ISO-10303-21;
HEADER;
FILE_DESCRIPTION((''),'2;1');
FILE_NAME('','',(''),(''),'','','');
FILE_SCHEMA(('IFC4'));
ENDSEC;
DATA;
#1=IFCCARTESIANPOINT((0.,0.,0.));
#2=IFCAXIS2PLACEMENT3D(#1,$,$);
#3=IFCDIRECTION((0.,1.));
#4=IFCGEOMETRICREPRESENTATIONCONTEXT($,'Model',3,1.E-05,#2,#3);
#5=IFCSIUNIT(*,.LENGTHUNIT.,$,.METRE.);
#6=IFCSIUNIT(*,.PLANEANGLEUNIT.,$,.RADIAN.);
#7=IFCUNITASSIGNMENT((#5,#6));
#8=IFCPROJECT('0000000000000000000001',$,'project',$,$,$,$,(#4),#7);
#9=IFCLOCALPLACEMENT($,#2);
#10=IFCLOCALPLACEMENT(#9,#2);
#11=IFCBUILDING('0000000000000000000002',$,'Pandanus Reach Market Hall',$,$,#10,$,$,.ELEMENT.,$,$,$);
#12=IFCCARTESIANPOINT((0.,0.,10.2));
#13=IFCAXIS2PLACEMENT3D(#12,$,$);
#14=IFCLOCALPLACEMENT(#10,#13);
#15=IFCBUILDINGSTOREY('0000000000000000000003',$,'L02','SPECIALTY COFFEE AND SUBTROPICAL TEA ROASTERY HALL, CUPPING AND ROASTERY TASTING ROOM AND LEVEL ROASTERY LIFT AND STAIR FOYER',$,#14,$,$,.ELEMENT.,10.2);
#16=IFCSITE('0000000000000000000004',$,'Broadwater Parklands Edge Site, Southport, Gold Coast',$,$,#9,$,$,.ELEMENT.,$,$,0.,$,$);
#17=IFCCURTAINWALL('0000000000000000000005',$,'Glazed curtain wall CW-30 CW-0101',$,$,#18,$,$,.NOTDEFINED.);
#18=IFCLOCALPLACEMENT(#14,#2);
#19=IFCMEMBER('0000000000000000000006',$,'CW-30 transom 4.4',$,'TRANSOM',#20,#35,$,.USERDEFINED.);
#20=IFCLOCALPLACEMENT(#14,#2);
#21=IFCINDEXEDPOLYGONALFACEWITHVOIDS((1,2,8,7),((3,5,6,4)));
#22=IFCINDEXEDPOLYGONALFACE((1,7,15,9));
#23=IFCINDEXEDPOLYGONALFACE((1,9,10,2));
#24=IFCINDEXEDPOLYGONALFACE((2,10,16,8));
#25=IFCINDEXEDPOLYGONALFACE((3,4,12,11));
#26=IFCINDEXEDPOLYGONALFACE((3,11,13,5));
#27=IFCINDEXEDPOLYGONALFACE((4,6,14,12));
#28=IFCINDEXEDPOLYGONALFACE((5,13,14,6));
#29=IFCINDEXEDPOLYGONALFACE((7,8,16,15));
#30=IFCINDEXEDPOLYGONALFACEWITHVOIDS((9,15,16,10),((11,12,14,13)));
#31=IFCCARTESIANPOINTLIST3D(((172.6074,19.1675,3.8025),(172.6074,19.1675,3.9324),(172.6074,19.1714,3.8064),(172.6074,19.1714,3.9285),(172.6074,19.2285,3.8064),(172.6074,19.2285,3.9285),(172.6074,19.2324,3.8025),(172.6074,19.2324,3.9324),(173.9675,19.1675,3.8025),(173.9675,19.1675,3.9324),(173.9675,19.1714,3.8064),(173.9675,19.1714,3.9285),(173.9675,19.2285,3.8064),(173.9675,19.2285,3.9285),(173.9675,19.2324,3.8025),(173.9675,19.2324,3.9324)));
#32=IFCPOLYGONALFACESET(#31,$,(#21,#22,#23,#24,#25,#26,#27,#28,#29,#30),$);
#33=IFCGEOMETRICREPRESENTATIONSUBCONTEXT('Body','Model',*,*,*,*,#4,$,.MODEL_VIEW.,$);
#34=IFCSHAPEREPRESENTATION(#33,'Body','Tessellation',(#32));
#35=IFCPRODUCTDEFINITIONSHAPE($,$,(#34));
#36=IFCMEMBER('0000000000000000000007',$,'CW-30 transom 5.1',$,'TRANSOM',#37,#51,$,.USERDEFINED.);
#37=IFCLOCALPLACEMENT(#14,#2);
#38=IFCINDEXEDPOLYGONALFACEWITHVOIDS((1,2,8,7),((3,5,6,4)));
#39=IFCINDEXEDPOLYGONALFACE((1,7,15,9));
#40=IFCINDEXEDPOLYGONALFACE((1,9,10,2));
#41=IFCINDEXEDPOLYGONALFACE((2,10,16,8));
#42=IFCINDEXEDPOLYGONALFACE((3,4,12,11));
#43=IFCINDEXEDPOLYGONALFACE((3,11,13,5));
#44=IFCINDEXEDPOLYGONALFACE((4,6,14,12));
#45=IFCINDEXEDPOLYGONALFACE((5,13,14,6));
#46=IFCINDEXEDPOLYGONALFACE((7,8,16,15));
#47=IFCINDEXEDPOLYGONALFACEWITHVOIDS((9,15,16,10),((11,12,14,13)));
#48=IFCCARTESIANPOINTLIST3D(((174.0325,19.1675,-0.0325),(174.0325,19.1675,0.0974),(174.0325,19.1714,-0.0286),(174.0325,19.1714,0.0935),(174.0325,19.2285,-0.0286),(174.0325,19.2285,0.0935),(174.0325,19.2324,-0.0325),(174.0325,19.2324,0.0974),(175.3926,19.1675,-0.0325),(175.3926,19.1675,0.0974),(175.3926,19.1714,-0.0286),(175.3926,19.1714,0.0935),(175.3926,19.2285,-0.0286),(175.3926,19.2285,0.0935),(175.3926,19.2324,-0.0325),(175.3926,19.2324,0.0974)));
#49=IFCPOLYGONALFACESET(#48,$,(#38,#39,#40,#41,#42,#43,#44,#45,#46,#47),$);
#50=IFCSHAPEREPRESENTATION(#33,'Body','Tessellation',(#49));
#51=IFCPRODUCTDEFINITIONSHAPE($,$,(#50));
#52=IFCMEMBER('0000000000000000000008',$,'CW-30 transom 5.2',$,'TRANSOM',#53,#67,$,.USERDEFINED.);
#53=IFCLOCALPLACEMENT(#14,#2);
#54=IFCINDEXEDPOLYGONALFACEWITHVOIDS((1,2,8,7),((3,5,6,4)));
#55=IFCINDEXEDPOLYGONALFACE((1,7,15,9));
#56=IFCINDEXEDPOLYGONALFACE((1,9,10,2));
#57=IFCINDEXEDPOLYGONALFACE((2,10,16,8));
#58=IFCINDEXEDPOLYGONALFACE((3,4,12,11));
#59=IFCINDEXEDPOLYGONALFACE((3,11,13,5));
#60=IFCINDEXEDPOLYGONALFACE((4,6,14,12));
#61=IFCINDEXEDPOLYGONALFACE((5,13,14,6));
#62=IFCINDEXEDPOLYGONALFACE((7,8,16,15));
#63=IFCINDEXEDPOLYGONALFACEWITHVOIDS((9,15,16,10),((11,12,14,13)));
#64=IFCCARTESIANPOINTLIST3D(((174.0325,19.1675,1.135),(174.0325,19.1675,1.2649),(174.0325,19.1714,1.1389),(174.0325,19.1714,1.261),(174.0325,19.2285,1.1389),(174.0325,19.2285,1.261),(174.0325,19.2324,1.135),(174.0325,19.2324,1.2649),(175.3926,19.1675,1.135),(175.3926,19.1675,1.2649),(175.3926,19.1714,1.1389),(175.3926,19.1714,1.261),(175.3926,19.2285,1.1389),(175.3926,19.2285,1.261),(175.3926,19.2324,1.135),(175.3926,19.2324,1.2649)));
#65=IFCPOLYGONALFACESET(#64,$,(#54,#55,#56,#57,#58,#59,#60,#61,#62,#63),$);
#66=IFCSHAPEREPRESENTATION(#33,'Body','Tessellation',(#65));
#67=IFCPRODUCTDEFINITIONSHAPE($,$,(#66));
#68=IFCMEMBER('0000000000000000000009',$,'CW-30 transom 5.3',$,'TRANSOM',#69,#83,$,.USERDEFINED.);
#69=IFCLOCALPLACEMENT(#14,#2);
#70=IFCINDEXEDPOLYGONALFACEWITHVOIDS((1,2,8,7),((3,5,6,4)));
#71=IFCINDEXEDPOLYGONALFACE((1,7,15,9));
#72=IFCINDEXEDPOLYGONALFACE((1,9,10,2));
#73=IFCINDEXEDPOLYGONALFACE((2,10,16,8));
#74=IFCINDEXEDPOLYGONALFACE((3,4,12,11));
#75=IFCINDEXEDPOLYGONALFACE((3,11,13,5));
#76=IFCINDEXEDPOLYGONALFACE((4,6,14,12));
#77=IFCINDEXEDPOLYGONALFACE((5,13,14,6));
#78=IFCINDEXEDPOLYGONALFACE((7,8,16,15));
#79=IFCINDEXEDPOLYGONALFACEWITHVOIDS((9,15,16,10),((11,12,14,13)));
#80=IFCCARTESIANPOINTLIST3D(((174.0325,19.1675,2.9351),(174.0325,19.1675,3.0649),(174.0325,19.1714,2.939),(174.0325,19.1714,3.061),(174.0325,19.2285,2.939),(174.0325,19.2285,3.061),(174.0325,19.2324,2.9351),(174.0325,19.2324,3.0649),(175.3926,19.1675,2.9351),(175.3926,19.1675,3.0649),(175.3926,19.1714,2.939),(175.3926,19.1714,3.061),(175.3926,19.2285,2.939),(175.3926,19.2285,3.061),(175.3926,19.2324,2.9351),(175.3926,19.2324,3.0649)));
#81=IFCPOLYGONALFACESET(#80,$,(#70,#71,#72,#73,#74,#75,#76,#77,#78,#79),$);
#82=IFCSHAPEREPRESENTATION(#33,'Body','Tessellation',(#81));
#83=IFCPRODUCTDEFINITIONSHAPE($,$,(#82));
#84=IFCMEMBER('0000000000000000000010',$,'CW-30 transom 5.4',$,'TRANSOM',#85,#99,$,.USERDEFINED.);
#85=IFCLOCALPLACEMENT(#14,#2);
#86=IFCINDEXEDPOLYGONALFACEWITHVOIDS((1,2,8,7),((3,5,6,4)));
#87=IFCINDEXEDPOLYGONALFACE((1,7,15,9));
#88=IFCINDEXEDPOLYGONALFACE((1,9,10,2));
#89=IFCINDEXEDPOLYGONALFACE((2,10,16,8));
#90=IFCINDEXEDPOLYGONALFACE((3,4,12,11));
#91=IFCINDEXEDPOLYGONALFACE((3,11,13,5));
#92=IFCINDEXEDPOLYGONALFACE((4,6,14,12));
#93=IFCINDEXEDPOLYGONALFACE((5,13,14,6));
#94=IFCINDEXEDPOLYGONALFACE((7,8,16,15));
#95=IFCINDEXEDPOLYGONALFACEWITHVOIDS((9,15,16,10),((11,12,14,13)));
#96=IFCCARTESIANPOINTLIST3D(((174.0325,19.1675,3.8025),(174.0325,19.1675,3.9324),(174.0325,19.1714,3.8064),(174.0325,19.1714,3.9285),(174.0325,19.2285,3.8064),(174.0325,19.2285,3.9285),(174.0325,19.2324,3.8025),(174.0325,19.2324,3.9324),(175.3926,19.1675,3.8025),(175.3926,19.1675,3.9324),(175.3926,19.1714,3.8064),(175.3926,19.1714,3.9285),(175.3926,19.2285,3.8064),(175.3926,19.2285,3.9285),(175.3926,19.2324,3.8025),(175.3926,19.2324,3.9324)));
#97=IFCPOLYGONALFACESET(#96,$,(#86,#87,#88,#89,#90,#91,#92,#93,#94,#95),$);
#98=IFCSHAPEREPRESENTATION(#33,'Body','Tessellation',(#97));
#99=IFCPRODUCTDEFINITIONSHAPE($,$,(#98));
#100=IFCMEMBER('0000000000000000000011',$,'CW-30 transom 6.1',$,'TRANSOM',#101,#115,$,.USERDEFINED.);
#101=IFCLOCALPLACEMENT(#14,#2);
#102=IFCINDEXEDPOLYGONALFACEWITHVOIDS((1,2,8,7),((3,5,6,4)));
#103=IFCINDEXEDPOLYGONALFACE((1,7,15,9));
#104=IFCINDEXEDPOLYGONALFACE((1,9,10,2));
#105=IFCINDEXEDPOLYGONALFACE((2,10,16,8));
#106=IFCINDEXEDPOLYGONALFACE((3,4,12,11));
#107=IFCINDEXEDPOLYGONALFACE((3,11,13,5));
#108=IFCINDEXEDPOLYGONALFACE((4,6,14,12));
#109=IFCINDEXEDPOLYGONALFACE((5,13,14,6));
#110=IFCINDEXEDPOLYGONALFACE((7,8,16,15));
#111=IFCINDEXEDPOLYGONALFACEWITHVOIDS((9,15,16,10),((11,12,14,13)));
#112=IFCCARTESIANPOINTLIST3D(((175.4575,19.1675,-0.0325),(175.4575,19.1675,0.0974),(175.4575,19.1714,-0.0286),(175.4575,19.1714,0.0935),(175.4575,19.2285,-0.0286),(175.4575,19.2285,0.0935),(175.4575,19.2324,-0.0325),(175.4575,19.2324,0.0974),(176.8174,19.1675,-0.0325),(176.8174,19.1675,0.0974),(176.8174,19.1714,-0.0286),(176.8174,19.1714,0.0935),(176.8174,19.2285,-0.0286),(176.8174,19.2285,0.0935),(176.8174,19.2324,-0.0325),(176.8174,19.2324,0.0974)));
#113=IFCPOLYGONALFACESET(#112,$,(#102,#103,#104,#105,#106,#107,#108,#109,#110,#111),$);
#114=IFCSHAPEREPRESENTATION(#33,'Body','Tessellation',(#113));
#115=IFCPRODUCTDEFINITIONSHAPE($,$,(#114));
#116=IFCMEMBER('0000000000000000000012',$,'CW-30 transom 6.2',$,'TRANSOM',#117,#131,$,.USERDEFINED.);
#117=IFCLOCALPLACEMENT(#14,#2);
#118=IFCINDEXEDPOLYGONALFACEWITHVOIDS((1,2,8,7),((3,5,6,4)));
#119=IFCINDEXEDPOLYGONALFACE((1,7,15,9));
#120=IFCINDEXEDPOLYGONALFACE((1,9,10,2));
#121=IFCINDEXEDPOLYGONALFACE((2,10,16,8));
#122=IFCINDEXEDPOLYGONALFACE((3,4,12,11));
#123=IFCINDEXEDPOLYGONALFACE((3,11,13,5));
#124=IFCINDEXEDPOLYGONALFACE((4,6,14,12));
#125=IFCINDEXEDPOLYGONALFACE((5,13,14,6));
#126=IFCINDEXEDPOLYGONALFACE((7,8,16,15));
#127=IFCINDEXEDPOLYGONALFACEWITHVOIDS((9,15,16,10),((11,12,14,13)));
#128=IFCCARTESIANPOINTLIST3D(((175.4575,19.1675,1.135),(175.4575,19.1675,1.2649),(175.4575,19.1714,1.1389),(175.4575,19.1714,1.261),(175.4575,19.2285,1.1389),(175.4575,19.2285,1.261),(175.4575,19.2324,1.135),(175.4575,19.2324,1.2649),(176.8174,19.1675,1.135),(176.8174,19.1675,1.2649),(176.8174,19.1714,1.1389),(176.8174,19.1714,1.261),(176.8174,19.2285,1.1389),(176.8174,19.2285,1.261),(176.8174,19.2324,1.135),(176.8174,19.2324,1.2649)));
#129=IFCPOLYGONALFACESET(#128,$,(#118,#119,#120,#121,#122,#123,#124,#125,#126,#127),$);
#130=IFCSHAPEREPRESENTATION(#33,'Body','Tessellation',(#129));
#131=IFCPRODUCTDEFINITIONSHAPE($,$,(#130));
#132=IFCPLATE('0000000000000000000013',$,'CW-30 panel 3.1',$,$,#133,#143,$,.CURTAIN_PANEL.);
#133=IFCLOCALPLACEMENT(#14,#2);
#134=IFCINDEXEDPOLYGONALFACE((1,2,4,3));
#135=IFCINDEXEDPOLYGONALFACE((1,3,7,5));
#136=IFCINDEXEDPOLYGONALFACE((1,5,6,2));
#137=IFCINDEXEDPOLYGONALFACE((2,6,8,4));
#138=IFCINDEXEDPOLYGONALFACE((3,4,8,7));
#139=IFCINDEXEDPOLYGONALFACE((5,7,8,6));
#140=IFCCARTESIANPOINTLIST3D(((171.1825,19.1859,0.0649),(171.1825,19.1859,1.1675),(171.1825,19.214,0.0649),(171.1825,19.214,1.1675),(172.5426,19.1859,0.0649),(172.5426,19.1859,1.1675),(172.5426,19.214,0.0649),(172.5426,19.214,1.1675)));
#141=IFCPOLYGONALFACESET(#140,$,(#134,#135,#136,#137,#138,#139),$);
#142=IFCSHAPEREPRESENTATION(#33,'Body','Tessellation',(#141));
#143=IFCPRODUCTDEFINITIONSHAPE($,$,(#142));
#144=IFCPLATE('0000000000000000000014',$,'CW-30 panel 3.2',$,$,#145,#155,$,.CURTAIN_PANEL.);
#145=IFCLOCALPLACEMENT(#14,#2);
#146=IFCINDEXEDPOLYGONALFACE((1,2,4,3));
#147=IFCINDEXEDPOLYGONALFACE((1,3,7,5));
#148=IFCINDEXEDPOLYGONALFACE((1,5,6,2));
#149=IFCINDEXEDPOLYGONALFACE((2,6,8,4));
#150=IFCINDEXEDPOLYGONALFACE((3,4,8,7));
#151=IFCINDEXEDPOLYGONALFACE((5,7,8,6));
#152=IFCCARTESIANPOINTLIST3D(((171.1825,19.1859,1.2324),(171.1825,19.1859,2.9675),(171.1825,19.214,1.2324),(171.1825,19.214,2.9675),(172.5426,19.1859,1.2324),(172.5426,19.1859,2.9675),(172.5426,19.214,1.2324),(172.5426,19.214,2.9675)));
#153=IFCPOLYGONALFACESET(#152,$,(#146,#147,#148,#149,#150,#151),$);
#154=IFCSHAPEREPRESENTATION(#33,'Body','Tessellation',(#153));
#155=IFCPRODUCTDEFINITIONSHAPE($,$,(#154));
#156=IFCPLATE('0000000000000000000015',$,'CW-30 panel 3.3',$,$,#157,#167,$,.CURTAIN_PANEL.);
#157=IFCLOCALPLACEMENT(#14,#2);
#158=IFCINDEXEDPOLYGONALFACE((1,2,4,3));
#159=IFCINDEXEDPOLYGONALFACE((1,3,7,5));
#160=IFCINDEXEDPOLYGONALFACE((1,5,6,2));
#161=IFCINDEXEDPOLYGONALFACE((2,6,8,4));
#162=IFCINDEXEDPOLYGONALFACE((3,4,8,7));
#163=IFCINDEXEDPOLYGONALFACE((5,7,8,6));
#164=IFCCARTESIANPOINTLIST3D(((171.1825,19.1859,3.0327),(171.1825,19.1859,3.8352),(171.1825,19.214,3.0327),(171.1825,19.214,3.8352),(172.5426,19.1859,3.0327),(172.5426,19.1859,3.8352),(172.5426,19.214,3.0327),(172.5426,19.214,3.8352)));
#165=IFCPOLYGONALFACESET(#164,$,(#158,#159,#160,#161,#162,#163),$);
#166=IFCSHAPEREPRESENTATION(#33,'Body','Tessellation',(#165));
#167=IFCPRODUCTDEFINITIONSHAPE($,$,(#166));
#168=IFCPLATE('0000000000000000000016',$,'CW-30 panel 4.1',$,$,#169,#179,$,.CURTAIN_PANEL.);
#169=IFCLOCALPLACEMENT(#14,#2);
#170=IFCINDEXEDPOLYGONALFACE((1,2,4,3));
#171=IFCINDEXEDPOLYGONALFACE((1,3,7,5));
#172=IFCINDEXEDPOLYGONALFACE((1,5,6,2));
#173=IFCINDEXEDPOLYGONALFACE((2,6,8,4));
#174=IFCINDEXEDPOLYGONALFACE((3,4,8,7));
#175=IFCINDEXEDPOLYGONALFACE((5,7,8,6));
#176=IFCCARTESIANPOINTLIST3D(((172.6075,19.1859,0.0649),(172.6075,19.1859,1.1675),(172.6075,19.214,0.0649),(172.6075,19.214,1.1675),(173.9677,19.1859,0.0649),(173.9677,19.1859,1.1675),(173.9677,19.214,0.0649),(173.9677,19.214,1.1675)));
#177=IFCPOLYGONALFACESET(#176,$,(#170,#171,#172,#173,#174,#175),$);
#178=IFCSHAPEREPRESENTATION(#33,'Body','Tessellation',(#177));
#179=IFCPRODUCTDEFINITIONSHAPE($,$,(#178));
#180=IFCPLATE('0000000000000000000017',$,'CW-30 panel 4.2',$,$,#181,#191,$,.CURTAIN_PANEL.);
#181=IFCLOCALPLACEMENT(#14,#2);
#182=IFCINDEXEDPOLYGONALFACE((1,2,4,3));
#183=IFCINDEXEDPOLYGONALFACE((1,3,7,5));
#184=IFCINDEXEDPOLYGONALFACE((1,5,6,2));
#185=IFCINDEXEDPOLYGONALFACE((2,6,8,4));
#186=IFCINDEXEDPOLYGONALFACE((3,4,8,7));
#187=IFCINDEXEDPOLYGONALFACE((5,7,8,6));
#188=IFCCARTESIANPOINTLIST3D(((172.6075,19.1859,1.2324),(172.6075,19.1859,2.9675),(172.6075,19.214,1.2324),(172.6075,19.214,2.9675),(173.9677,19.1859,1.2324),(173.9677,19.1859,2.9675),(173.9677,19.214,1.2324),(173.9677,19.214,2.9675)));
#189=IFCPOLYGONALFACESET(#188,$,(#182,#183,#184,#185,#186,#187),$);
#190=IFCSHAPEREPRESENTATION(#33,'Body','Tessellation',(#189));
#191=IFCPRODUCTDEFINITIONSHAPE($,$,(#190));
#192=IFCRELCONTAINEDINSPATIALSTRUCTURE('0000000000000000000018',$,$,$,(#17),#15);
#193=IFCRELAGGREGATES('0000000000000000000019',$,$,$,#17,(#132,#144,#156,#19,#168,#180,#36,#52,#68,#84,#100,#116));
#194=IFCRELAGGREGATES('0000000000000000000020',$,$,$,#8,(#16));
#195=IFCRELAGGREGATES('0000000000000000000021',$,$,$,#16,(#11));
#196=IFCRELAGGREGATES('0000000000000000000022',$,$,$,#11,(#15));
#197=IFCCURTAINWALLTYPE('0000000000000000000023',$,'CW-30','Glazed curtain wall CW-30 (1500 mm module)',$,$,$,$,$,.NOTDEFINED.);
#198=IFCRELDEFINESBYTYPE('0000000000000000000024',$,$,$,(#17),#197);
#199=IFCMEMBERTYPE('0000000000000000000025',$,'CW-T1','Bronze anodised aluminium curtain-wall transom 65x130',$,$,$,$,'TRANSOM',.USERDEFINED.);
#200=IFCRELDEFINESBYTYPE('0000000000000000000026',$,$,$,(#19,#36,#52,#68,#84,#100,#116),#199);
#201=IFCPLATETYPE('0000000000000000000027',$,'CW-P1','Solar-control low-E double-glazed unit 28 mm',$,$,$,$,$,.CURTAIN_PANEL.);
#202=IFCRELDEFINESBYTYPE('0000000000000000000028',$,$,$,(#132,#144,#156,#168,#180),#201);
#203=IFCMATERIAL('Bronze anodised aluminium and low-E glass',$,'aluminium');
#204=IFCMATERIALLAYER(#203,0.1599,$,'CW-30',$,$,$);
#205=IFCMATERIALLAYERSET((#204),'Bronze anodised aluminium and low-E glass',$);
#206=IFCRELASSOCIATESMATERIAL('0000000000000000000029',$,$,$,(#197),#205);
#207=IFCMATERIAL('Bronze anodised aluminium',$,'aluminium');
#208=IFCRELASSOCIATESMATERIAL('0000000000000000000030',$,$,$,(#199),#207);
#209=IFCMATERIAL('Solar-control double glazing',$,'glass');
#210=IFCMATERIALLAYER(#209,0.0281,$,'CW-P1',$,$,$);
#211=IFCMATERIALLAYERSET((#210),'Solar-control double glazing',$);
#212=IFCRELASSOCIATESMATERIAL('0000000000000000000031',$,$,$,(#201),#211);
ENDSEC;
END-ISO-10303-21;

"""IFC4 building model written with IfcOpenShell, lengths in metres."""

from ifc_helpers import new_model, si_unit, direction, frame, origin, origin_2d, place, context, subcontext, project, spatial, rectangle, hollow_rectangle, extrude, material, layer, layer_set, material_profile, profile_set, type_object, element, aggregate, save


model = new_model("IFC4")

# Units and contexts
model_context = context("Model", 3, precision=1e-05, world=origin(), true_north=direction((0.0, 1.0)))
body_context = subcontext(model_context, "Body", "Model", "MODEL_VIEW")
ifc_project = project(units=[si_unit("LENGTHUNIT", "METRE"), si_unit("PLANEANGLEUNIT", "RADIAN")], contexts=[model_context])

# Site, building, storey
site_placement = place(None, origin())
site = spatial("IfcSite", under=ifc_project, at=site_placement, Name="Broadwater Parklands Edge Site, Southport, Gold Coast", CompositionType="ELEMENT", RefElevation=0.0)
building_placement = place(site_placement, origin())
building = spatial("IfcBuilding", under=site, at=building_placement, Name="Pandanus Reach Market Hall", CompositionType="ELEMENT")
storey_placement = place(building_placement, frame((0.0, 0.0, 10.2)))
storey = spatial("IfcBuildingStorey", under=building, at=storey_placement, Name="L02", Description="SPECIALTY COFFEE AND SUBTROPICAL TEA ROASTERY HALL, CUPPING AND ROASTERY TASTING ROOM AND LEVEL ROASTERY LIFT AND STAIR FOYER", CompositionType="ELEMENT", Elevation=10.2)

# Curtain wall, members, plates
ifc_material_1 = material(Name="Bronze anodised aluminium and low-E glass", Category="aluminium")
ifc_layer_1 = layer(ifc_material_1, 0.1599, Name="CW-30")
ifc_layer_set_1 = layer_set([ifc_layer_1], Name="Bronze anodised aluminium and low-E glass")
curtain_wall_type = type_object("IfcCurtainWallType", Name="CW-30", Description="Glazed curtain wall CW-30 (1500 mm module)", PredefinedType="NOTDEFINED", material=ifc_layer_set_1)
curtain_wall_placement = place(storey_placement, origin())
curtain_wall = element("IfcCurtainWall", 1, at=curtain_wall_placement, inside=storey, type_object=curtain_wall_type, Name="Glazed curtain wall CW-30 CW-0101", PredefinedType="NOTDEFINED")
ifc_material_2 = material(Name="Bronze anodised aluminium", Category="aluminium")
ifc_material_profile_1 = material_profile(ifc_material_2, hollow_rectangle(XDim=0.0649, YDim=0.1299, WallThickness=0.0039, at=origin_2d()), Name="ALU65x130", Category="LoadBearing")
ifc_profile_set_1 = profile_set([ifc_material_profile_1], Name="Bronze anodised aluminium")
member_type_1 = type_object("IfcMemberType", Name="CW-T1", Description="Bronze anodised aluminium curtain-wall transom 65x130", ElementType="TRANSOM", PredefinedType="USERDEFINED", material=ifc_profile_set_1)
member_1_placement = place(storey_placement, frame((172.6074, 19.2, 3.8674), z_axis=(1.0, 0.0, 0.0), x_axis=(0.0, 1.0, 0.0)))
member_1 = element("IfcMember", 2, at=member_1_placement, type_object=member_type_1, Name="CW-30 transom 4.4", ObjectType="TRANSOM", PredefinedType="USERDEFINED", context=body_context, shape_type="SweptSolid", body=[
    extrude(hollow_rectangle(XDim=0.0649, YDim=0.1299, WallThickness=0.0039, at=origin_2d()), origin(), (0.0, 0.0, 1.0), 1.3601),
])
member_2_placement = place(storey_placement, frame((174.0325, 19.2, 0.0325), z_axis=(1.0, 0.0, 0.0), x_axis=(0.0, 1.0, 0.0)))
member_2 = element("IfcMember", 3, at=member_2_placement, type_object=member_type_1, Name="CW-30 transom 5.1", ObjectType="TRANSOM", PredefinedType="USERDEFINED", context=body_context, shape_type="SweptSolid", body=[
    extrude(hollow_rectangle(XDim=0.0649, YDim=0.1299, WallThickness=0.0039, at=origin_2d()), origin(), (0.0, 0.0, 1.0), 1.3601),
])
member_3_placement = place(storey_placement, frame((174.0325, 19.2, 1.2), z_axis=(1.0, 0.0, 0.0), x_axis=(0.0, 1.0, 0.0)))
member_3 = element("IfcMember", 4, at=member_3_placement, type_object=member_type_1, Name="CW-30 transom 5.2", ObjectType="TRANSOM", PredefinedType="USERDEFINED", context=body_context, shape_type="SweptSolid", body=[
    extrude(hollow_rectangle(XDim=0.0649, YDim=0.1299, WallThickness=0.0039, at=origin_2d()), origin(), (0.0, 0.0, 1.0), 1.3601),
])
member_4_placement = place(storey_placement, frame((174.0325, 19.2, 3.0), z_axis=(1.0, 0.0, 0.0), x_axis=(0.0, 1.0, 0.0)))
member_4 = element("IfcMember", 5, at=member_4_placement, type_object=member_type_1, Name="CW-30 transom 5.3", ObjectType="TRANSOM", PredefinedType="USERDEFINED", context=body_context, shape_type="SweptSolid", body=[
    extrude(hollow_rectangle(XDim=0.0649, YDim=0.1299, WallThickness=0.0039, at=origin_2d()), origin(), (0.0, 0.0, 1.0), 1.3601),
])
member_5_placement = place(storey_placement, frame((174.0325, 19.2, 3.8674), z_axis=(1.0, 0.0, 0.0), x_axis=(0.0, 1.0, 0.0)))
member_5 = element("IfcMember", 6, at=member_5_placement, type_object=member_type_1, Name="CW-30 transom 5.4", ObjectType="TRANSOM", PredefinedType="USERDEFINED", context=body_context, shape_type="SweptSolid", body=[
    extrude(hollow_rectangle(XDim=0.0649, YDim=0.1299, WallThickness=0.0039, at=origin_2d()), origin(), (0.0, 0.0, 1.0), 1.3601),
])
member_6_placement = place(storey_placement, frame((175.4575, 19.2, 0.0325), z_axis=(1.0, 0.0, 0.0), x_axis=(0.0, 1.0, 0.0)))
member_6 = element("IfcMember", 7, at=member_6_placement, type_object=member_type_1, Name="CW-30 transom 6.1", ObjectType="TRANSOM", PredefinedType="USERDEFINED", context=body_context, shape_type="SweptSolid", body=[
    extrude(hollow_rectangle(XDim=0.0649, YDim=0.1299, WallThickness=0.0039, at=origin_2d()), origin(), (0.0, 0.0, 1.0), 1.3599),
])
member_7_placement = place(storey_placement, frame((175.4575, 19.2, 1.2), z_axis=(1.0, 0.0, 0.0), x_axis=(0.0, 1.0, 0.0)))
member_7 = element("IfcMember", 8, at=member_7_placement, type_object=member_type_1, Name="CW-30 transom 6.2", ObjectType="TRANSOM", PredefinedType="USERDEFINED", context=body_context, shape_type="SweptSolid", body=[
    extrude(hollow_rectangle(XDim=0.0649, YDim=0.1299, WallThickness=0.0039, at=origin_2d()), origin(), (0.0, 0.0, 1.0), 1.3599),
])
ifc_material_3 = material(Name="Solar-control double glazing", Category="glass")
ifc_layer_2 = layer(ifc_material_3, 0.0281, Name="CW-P1")
ifc_layer_set_2 = layer_set([ifc_layer_2], Name="Solar-control double glazing")
plate_type = type_object("IfcPlateType", Name="CW-P1", Description="Solar-control low-E double-glazed unit 28 mm", PredefinedType="CURTAIN_PANEL", material=ifc_layer_set_2)
plate_1_placement = place(storey_placement, frame((171.8625, 19.2, 0.0649), z_axis=(0.0, 0.0, 1.0), x_axis=(1.0, 0.0, 0.0)))
plate_1 = element("IfcPlate", 9, at=plate_1_placement, type_object=plate_type, Name="CW-30 panel 3.1", PredefinedType="CURTAIN_PANEL", context=body_context, shape_type="SweptSolid", body=[
    extrude(rectangle(XDim=1.3601, YDim=0.0281, at=origin_2d()), origin(), (0.0, 0.0, 1.0), 1.1025),
])
plate_2_placement = place(storey_placement, frame((171.8625, 19.2, 1.2324), z_axis=(0.0, 0.0, 1.0), x_axis=(1.0, 0.0, 0.0)))
plate_2 = element("IfcPlate", 10, at=plate_2_placement, type_object=plate_type, Name="CW-30 panel 3.2", PredefinedType="CURTAIN_PANEL", context=body_context, shape_type="SweptSolid", body=[
    extrude(rectangle(XDim=1.3601, YDim=0.0281, at=origin_2d()), origin(), (0.0, 0.0, 1.0), 1.7351),
])
plate_3_placement = place(storey_placement, frame((171.8625, 19.2, 3.0327), z_axis=(0.0, 0.0, 1.0), x_axis=(1.0, 0.0, 0.0)))
plate_3 = element("IfcPlate", 11, at=plate_3_placement, type_object=plate_type, Name="CW-30 panel 3.3", PredefinedType="CURTAIN_PANEL", context=body_context, shape_type="SweptSolid", body=[
    extrude(rectangle(XDim=1.3601, YDim=0.0281, at=origin_2d()), origin(), (0.0, 0.0, 1.0), 0.8025),
])
plate_4_placement = place(storey_placement, frame((173.2876, 19.2, 0.0649), z_axis=(0.0, 0.0, 1.0), x_axis=(1.0, 0.0, 0.0)))
plate_4 = element("IfcPlate", 12, at=plate_4_placement, type_object=plate_type, Name="CW-30 panel 4.1", PredefinedType="CURTAIN_PANEL", context=body_context, shape_type="SweptSolid", body=[
    extrude(rectangle(XDim=1.3601, YDim=0.0281, at=origin_2d()), origin(), (0.0, 0.0, 1.0), 1.1025),
])
plate_5_placement = place(storey_placement, frame((173.2876, 19.2, 1.2324), z_axis=(0.0, 0.0, 1.0), x_axis=(1.0, 0.0, 0.0)))
plate_5 = element("IfcPlate", 13, at=plate_5_placement, type_object=plate_type, Name="CW-30 panel 4.2", PredefinedType="CURTAIN_PANEL", context=body_context, shape_type="SweptSolid", body=[
    extrude(rectangle(XDim=1.3601, YDim=0.0281, at=origin_2d()), origin(), (0.0, 0.0, 1.0), 1.7351),
])
aggregate(curtain_wall, [plate_1, plate_2, plate_3, member_1, plate_4, plate_5, member_2, member_3, member_4, member_5, member_6, member_7])

save(model, "model.ifc")
